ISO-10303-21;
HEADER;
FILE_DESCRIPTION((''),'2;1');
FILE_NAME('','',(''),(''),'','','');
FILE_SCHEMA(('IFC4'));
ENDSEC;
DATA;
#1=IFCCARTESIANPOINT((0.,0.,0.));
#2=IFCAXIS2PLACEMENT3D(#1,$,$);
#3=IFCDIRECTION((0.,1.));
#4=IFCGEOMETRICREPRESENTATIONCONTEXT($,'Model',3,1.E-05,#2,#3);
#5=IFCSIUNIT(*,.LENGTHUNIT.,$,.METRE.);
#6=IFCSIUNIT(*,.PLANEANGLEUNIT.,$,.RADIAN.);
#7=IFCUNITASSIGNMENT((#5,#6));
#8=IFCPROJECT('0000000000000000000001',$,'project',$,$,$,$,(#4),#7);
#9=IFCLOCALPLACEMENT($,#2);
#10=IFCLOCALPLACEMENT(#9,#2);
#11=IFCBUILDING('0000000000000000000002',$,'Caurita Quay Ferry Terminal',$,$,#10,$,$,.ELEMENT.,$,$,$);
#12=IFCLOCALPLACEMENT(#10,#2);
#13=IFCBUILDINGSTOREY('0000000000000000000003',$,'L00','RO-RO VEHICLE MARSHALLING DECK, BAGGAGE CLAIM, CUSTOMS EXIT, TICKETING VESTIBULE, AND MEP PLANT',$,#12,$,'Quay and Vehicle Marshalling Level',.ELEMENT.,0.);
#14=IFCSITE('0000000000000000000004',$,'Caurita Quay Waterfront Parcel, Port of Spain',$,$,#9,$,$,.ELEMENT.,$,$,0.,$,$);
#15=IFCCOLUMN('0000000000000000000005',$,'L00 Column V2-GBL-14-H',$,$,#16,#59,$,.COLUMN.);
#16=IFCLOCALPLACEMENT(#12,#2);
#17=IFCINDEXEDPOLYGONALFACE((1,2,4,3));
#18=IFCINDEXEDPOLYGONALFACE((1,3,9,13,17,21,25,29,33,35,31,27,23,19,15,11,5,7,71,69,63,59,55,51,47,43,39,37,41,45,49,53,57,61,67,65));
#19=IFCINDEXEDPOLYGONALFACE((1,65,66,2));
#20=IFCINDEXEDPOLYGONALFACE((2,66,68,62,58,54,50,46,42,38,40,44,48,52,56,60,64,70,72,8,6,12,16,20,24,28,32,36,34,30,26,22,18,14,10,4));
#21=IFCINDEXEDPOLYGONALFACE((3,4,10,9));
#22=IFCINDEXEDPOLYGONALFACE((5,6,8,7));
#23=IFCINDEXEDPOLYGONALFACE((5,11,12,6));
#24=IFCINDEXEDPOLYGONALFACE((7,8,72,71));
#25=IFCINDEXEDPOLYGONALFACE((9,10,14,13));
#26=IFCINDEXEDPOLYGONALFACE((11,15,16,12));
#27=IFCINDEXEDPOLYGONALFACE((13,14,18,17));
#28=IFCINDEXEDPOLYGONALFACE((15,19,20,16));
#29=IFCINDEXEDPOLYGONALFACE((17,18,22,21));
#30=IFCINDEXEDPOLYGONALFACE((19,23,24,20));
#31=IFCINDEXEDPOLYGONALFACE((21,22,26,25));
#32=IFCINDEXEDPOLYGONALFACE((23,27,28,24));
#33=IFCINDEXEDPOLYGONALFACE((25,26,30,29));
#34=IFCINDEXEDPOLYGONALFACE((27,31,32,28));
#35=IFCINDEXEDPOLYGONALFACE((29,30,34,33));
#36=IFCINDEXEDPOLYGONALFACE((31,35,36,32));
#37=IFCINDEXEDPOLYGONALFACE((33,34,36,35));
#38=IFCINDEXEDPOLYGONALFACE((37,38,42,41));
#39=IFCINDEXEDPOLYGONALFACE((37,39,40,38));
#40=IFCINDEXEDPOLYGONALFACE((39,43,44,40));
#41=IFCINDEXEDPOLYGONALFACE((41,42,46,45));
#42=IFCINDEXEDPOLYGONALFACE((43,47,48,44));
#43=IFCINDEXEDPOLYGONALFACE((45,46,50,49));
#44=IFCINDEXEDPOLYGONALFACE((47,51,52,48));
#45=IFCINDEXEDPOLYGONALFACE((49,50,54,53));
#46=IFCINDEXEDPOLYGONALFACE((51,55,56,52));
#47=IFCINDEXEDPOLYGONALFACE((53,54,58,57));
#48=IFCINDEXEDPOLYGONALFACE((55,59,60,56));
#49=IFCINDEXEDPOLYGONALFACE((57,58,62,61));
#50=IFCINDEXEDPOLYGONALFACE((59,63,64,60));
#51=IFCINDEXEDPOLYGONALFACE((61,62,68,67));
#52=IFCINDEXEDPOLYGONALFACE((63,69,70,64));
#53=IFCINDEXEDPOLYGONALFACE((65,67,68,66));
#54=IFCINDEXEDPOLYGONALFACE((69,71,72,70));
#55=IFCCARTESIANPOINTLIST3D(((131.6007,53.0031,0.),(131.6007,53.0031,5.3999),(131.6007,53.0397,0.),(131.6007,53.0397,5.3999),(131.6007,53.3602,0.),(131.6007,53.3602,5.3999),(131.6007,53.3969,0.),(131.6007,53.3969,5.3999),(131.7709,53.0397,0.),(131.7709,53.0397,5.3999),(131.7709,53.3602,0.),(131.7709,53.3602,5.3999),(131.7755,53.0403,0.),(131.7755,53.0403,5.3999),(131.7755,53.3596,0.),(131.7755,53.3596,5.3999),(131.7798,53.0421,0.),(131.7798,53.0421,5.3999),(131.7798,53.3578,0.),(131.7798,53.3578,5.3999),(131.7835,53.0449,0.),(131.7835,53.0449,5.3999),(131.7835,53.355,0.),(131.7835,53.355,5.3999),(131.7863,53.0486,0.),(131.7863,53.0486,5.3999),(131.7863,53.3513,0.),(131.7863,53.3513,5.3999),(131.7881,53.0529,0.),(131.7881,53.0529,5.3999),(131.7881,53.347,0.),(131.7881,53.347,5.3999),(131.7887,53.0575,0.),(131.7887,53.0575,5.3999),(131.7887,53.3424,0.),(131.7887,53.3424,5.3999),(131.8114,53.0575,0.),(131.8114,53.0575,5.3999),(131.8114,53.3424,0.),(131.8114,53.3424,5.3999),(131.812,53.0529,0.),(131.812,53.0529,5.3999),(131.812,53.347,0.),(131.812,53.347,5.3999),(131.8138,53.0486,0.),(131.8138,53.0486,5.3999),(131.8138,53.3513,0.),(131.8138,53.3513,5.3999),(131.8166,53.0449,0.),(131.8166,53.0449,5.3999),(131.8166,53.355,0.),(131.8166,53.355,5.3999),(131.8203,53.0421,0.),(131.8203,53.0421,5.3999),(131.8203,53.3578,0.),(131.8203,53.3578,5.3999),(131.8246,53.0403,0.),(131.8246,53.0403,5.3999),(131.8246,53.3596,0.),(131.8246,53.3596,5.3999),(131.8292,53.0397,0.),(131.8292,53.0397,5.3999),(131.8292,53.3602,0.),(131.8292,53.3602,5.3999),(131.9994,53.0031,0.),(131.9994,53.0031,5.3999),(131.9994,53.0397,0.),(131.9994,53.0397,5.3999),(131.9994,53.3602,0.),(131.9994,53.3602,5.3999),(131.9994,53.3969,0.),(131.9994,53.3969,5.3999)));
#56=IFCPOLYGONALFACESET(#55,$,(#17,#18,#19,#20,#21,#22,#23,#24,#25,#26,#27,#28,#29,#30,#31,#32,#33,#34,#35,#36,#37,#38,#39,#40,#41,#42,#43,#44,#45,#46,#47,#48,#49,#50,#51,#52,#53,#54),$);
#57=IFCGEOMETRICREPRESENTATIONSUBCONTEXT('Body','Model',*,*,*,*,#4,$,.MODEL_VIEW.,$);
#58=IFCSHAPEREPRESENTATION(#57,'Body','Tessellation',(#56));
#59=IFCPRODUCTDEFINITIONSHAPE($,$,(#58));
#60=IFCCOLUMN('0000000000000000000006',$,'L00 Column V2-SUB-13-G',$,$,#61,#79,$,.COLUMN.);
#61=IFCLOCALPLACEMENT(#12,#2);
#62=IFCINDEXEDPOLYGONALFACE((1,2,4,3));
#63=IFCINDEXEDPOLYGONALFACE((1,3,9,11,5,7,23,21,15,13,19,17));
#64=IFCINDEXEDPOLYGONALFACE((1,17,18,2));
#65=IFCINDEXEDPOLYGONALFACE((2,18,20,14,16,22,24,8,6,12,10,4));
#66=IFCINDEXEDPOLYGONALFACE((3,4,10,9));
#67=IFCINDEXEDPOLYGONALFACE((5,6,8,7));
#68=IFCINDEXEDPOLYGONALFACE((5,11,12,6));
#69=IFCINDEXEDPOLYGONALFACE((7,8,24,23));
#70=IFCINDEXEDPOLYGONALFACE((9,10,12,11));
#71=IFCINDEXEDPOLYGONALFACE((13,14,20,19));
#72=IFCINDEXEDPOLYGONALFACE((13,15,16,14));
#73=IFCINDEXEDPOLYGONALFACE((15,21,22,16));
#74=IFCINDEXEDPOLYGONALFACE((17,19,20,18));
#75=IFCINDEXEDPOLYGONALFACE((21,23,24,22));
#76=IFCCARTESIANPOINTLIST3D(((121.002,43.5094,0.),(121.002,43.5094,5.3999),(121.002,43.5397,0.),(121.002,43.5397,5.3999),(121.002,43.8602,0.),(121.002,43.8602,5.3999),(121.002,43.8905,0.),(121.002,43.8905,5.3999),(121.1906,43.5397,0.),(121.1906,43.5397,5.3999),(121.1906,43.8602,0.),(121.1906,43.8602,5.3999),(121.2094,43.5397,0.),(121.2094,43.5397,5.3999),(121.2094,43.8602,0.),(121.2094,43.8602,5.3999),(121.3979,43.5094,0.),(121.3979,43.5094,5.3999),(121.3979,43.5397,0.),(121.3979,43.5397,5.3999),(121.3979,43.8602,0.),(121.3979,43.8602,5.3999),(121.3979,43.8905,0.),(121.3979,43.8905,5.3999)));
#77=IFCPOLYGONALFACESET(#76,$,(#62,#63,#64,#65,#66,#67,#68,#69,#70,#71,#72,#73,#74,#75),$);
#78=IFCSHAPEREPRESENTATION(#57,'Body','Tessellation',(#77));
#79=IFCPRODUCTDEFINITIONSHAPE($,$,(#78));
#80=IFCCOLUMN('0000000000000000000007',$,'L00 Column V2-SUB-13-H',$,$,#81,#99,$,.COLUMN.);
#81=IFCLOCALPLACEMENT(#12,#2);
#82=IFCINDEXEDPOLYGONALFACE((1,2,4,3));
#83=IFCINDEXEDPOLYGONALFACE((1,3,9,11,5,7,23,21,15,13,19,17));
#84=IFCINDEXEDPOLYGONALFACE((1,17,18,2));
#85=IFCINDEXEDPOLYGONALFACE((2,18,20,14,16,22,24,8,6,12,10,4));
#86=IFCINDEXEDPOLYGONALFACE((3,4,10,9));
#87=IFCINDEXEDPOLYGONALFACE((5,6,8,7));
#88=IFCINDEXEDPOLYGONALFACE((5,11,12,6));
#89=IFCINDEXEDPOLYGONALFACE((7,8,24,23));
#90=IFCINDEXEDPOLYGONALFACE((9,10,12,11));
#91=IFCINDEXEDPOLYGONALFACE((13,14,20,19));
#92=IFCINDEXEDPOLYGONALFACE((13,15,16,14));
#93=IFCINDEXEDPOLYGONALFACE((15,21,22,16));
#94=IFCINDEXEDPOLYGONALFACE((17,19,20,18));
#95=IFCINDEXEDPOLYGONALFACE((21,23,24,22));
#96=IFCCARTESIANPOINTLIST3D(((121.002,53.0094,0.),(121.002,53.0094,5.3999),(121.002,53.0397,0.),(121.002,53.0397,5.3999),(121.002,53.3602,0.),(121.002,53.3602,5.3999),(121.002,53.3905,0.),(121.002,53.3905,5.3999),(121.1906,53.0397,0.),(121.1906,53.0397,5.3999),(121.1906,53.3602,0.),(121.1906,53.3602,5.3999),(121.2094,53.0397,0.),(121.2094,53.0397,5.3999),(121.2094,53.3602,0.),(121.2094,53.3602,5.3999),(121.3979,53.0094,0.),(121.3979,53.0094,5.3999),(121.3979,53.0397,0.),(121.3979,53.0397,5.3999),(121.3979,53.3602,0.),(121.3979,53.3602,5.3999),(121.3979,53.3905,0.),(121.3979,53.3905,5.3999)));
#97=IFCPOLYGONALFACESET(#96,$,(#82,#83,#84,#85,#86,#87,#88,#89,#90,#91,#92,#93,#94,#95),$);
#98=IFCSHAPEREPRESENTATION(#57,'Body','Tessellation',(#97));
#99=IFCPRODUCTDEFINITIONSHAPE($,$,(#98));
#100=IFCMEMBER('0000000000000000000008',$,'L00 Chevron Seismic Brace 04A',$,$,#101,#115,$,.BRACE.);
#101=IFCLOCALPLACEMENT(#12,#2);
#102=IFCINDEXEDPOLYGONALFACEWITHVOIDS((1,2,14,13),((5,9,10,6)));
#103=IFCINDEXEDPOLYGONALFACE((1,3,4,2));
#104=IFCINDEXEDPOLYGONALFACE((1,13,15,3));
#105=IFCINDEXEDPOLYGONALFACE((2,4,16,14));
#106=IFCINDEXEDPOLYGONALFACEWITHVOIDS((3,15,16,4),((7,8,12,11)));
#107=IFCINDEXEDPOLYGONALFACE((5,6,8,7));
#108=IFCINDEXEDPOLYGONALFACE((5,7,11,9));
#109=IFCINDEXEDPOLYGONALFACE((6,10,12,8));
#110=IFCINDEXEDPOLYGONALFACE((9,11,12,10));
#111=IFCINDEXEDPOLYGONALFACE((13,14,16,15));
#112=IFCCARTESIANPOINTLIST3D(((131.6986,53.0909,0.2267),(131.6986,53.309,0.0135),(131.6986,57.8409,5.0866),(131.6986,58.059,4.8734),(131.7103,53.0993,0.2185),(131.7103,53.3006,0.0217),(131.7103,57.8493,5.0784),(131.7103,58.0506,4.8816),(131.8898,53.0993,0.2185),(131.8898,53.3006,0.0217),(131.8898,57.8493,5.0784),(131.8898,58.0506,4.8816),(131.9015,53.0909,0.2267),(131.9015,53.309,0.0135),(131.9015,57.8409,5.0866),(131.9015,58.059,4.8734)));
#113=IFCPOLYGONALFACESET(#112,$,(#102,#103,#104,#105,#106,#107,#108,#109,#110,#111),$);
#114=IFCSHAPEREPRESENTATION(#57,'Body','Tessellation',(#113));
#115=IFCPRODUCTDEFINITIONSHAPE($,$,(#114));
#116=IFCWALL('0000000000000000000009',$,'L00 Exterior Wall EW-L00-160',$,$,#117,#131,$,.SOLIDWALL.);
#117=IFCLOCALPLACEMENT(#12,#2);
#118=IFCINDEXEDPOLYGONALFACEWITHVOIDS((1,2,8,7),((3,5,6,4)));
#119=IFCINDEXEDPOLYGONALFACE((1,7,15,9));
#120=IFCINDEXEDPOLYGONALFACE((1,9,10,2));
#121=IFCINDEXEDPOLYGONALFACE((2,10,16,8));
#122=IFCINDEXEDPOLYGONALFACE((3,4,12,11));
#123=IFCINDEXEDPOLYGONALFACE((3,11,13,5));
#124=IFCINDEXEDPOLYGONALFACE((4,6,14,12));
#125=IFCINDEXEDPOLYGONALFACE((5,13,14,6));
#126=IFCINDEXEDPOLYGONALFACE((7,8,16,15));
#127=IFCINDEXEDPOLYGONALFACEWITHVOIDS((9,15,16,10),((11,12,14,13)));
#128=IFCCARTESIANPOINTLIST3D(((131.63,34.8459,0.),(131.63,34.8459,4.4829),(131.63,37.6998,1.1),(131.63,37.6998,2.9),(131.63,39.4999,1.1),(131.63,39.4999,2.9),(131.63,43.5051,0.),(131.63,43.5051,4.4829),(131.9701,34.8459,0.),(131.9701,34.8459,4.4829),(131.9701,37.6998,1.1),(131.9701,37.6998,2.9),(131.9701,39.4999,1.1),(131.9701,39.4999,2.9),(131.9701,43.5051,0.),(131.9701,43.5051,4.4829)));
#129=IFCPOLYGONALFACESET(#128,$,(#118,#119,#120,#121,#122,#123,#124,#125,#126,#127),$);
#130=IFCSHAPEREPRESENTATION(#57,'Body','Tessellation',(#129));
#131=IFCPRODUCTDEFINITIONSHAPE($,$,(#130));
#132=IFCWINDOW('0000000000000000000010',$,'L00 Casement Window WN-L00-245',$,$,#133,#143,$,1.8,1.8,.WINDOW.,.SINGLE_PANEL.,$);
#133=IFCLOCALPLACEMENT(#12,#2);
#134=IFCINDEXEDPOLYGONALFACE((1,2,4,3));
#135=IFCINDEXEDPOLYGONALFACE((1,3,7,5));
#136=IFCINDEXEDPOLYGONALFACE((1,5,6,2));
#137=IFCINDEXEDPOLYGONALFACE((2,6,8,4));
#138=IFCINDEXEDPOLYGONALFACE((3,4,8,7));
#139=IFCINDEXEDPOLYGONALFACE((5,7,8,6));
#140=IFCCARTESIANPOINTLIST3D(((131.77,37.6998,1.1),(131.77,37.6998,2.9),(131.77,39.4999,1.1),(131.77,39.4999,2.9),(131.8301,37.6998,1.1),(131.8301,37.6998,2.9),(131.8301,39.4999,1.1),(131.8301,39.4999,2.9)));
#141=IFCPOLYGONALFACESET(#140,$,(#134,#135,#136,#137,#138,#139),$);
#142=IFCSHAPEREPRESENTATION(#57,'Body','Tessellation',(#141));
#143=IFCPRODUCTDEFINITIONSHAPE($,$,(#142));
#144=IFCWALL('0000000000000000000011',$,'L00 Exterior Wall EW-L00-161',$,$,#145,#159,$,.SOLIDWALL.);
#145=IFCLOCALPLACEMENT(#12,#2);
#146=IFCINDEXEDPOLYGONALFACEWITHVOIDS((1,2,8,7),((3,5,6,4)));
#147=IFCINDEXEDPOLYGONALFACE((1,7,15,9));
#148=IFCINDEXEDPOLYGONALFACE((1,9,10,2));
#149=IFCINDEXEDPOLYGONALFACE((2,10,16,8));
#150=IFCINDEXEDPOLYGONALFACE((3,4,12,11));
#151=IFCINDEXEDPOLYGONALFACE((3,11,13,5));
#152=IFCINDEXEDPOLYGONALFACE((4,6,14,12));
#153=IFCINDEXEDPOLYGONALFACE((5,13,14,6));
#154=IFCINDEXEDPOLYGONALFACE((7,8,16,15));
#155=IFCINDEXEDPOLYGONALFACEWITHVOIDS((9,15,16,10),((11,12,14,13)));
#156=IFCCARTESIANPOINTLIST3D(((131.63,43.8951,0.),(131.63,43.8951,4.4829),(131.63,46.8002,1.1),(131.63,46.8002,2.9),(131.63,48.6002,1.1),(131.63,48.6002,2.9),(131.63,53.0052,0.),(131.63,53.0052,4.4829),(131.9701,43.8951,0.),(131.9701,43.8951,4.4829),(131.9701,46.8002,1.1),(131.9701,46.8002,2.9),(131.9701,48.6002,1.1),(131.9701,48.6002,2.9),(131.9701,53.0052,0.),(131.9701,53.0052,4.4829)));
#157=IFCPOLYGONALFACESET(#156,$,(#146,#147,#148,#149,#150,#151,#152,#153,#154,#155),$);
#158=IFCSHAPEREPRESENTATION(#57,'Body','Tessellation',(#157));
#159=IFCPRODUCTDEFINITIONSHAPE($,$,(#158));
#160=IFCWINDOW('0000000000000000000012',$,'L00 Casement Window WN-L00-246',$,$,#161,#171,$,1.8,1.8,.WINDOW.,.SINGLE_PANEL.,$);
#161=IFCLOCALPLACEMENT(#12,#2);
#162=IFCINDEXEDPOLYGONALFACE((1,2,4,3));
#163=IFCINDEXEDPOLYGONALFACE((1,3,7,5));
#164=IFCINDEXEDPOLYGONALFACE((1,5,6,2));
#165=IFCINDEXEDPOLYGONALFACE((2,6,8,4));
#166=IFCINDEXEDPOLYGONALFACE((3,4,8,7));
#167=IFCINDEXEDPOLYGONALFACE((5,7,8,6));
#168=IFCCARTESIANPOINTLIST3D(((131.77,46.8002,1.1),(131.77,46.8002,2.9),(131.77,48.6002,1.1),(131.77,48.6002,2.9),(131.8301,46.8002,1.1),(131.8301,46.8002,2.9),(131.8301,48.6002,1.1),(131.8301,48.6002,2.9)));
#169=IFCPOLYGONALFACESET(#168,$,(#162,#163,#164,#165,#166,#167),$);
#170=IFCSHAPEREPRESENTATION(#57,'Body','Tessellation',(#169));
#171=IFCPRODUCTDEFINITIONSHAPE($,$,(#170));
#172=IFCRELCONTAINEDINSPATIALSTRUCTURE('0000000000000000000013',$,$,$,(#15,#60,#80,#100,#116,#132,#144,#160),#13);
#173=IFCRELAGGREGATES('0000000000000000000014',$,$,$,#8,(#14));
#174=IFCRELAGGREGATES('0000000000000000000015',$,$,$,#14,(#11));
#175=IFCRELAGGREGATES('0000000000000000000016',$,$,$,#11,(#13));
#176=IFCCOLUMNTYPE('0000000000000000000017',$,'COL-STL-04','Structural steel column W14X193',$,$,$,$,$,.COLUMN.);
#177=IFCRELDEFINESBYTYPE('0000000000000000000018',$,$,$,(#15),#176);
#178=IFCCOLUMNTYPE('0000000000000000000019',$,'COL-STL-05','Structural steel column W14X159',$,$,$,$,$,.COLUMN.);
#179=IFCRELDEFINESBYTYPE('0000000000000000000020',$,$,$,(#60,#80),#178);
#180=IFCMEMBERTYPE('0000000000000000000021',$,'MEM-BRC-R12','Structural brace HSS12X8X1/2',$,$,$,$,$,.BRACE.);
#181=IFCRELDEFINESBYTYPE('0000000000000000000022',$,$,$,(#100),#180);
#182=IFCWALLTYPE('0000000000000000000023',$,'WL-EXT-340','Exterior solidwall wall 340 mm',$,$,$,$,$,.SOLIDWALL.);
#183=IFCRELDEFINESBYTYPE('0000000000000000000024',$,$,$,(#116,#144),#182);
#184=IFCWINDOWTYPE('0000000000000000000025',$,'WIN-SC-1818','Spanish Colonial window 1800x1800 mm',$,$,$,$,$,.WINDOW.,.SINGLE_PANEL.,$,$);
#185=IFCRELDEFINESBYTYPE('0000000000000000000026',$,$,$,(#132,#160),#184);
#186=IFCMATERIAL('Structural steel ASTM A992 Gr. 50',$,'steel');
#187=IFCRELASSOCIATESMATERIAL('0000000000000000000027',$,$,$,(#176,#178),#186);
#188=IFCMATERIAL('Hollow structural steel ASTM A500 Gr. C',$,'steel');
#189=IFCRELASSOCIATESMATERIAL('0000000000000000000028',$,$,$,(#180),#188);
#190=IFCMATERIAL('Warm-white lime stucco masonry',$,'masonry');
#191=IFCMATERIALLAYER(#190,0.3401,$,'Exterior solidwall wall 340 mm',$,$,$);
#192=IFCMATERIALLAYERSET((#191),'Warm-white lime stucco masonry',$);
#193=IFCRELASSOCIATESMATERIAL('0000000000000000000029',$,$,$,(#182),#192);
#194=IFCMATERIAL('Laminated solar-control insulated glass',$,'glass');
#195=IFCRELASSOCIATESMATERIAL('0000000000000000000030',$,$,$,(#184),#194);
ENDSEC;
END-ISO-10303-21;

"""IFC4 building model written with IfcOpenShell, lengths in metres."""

from ifc_helpers import new_model, si_unit, direction, frame, frame_2d, origin, origin_2d, place, context, subcontext, project, spatial, rectangle, hollow_rectangle, i_section, extrude, material, layer, layer_set, material_profile, profile_set, type_object, element, fill, save


model = new_model("IFC4")

# Units and contexts
model_context = context("Model", 3, precision=1e-05, world=origin(), true_north=direction((0.0, 1.0)))
body_context = subcontext(model_context, "Body", "Model", "MODEL_VIEW")
ifc_project = project(units=[si_unit("LENGTHUNIT", "METRE"), si_unit("PLANEANGLEUNIT", "RADIAN")], contexts=[model_context])

# Site, building, storey
site_placement = place(None, origin())
site = spatial("IfcSite", under=ifc_project, at=site_placement, Name="Caurita Quay Waterfront Parcel, Port of Spain", CompositionType="ELEMENT", RefElevation=0.0)
building_placement = place(site_placement, origin())
building = spatial("IfcBuilding", under=site, at=building_placement, Name="Caurita Quay Ferry Terminal", CompositionType="ELEMENT")
storey_placement = place(building_placement, origin())
storey = spatial("IfcBuildingStorey", under=building, at=storey_placement, Name="L00", Description="RO-RO VEHICLE MARSHALLING DECK, BAGGAGE CLAIM, CUSTOMS EXIT, TICKETING VESTIBULE, AND MEP PLANT", LongName="Quay and Vehicle Marshalling Level", CompositionType="ELEMENT", Elevation=0.0)

# Columns
ifc_material_1 = material(Name="Structural steel ASTM A992 Gr. 50", Category="steel")
ifc_material_profile_1 = material_profile(ifc_material_1, i_section(OverallWidth=0.3987, OverallDepth=0.3938, WebThickness=0.0227, FlangeThickness=0.0366, FilletRadius=0.0178, at=origin_2d()), Name="W14X193")
ifc_profile_set_1 = profile_set([ifc_material_profile_1], Name="Structural steel ASTM A992 Gr. 50")
column_type_1 = type_object("IfcColumnType", Name="COL-STL-04", Description="Structural steel column W14X193", PredefinedType="COLUMN", material=ifc_profile_set_1)
for number, where, z_axis, x_axis, name in (
    (1, (131.8, 53.2, 0.0), (0.0, 0.0, 1.0), (1.0, 0.0, 0.0), "L00 Column V2-GBL-14-H"),
):
    element("IfcColumn", number, at=place(storey_placement, frame(where, z_axis=z_axis, x_axis=x_axis)), inside=storey, type_object=column_type_1, Name=name, PredefinedType="COLUMN", context=body_context, shape_type="SweptSolid", body=[
        extrude(i_section(OverallWidth=0.3987, OverallDepth=0.3938, WebThickness=0.0227, FlangeThickness=0.0366, FilletRadius=0.0178, at=origin_2d()), origin(), (0.0, 0.0, 1.0), 5.3999),
    ])
ifc_material_profile_2 = material_profile(ifc_material_1, i_section(OverallWidth=0.396, OverallDepth=0.3811, WebThickness=0.0188, FlangeThickness=0.0303, at=origin_2d()), Name="W14X159")
ifc_profile_set_2 = profile_set([ifc_material_profile_2], Name="Structural steel ASTM A992 Gr. 50")
column_type_2 = type_object("IfcColumnType", Name="COL-STL-05", Description="Structural steel column W14X159", PredefinedType="COLUMN", material=ifc_profile_set_2)
for number, where, z_axis, x_axis, name in (
    (2, (121.2, 43.7, 0.0), (0.0, 0.0, 1.0), (1.0, 0.0, 0.0), "L00 Column V2-SUB-13-G"),
    (3, (121.2, 53.2, 0.0), (0.0, 0.0, 1.0), (1.0, 0.0, 0.0), "L00 Column V2-SUB-13-H"),
):
    element("IfcColumn", number, at=place(storey_placement, frame(where, z_axis=z_axis, x_axis=x_axis)), inside=storey, type_object=column_type_2, Name=name, PredefinedType="COLUMN", context=body_context, shape_type="SweptSolid", body=[
        extrude(i_section(OverallWidth=0.396, OverallDepth=0.3811, WebThickness=0.0188, FlangeThickness=0.0303, at=origin_2d()), origin(), (0.0, 0.0, 1.0), 5.3999),
    ])

# Member
ifc_material_2 = material(Name="Hollow structural steel ASTM A500 Gr. C", Category="steel")
ifc_material_profile_3 = material_profile(ifc_material_2, hollow_rectangle(XDim=0.2029, YDim=0.3049, WallThickness=0.0117, at=origin_2d()), Name="HSS12X8X1/2")
ifc_profile_set_3 = profile_set([ifc_material_profile_3], Name="Hollow structural steel ASTM A500 Gr. C")
member_type = type_object("IfcMemberType", Name="MEM-BRC-R12", Description="Structural brace HSS12X8X1/2", PredefinedType="BRACE", material=ifc_profile_set_3)
member_placement = place(storey_placement, frame((131.8, 53.2, 0.1201), z_axis=(0.0, 0.698977, 0.715144), x_axis=(-1.0, 0.0, 0.0)))
element("IfcMember", 4, at=member_placement, inside=storey, type_object=member_type, Name="L00 Chevron Seismic Brace 04A", PredefinedType="BRACE", context=body_context, shape_type="SweptSolid", body=[
    extrude(hollow_rectangle(XDim=0.2029, YDim=0.3049, WallThickness=0.0117, at=origin_2d()), origin(), (0.0, 0.0, 1.0), 6.7957),
])

# Walls, openings, windows
ifc_material_3 = material(Name="Warm-white lime stucco masonry", Category="masonry")
ifc_layer = layer(ifc_material_3, 0.3401, Name="Exterior solidwall wall 340 mm")
ifc_layer_set = layer_set([ifc_layer], Name="Warm-white lime stucco masonry")
wall_type = type_object("IfcWallType", Name="WL-EXT-340", Description="Exterior solidwall wall 340 mm", PredefinedType="SOLIDWALL", material=ifc_layer_set)
wall_1_placement = place(storey_placement, frame((131.8, 34.8459, 0.0), z_axis=(0.0, 0.0, 1.0), x_axis=(0.0, 1.0, 0.0)))
wall_1 = element("IfcWall", 5, at=wall_1_placement, inside=storey, type_object=wall_type, Name="L00 Exterior Wall EW-L00-160", PredefinedType="SOLIDWALL", context=body_context, shape_type="SweptSolid", body=[
    extrude(rectangle(XDim=8.6592, YDim=0.3401, at=frame_2d((4.3296, 0.0))), origin(), (0.0, 0.0, 1.0), 4.4829),
])
opening_1_placement = place(wall_1_placement, frame((2.854, 0.0, 1.1001)))
opening_1 = element("IfcOpeningElement", 6, at=opening_1_placement, cuts=wall_1, PredefinedType="OPENING", context=body_context, shape_type="SweptSolid", body=[
    extrude(rectangle(XDim=1.8, YDim=1.8, at=frame_2d((0.8999, 0.8999))), frame((0.0, 0.1799, 0.0), z_axis=(0.0, -1.0, 0.0), x_axis=(1.0, 0.0, 0.0)), (0.0, 0.0, 1.0), 0.3601),
])
ifc_material_4 = material(Name="Laminated solar-control insulated glass", Category="glass")
window_type = type_object("IfcWindowType", Name="WIN-SC-1818", Description="Spanish Colonial window 1800x1800 mm", PartitioningType="SINGLE_PANEL", PredefinedType="WINDOW", material=ifc_material_4)
window_1_placement = place(opening_1_placement, origin())
window_1 = element("IfcWindow", 7, at=window_1_placement, inside=storey, type_object=window_type, Name="L00 Casement Window WN-L00-245", OverallHeight=1.8, OverallWidth=1.8, PartitioningType="SINGLE_PANEL", PredefinedType="WINDOW", context=body_context, shape_type="SweptSolid", body=[
    extrude(rectangle(XDim=1.8, YDim=1.8, at=frame_2d((0.8999, 0.8999))), frame((0.0, 0.03, 0.0), z_axis=(0.0, -1.0, 0.0), x_axis=(1.0, 0.0, 0.0)), (0.0, 0.0, 1.0), 0.0601),
])
fill(opening_1, window_1)
wall_2_placement = place(storey_placement, frame((131.8, 43.895, 0.0), z_axis=(0.0, 0.0, 1.0), x_axis=(0.0, 1.0, 0.0)))
wall_2 = element("IfcWall", 8, at=wall_2_placement, inside=storey, type_object=wall_type, Name="L00 Exterior Wall EW-L00-161", PredefinedType="SOLIDWALL", context=body_context, shape_type="SweptSolid", body=[
    extrude(rectangle(XDim=9.1101, YDim=0.3401, at=frame_2d((4.5552, 0.0))), origin(), (0.0, 0.0, 1.0), 4.4829),
])
opening_2_placement = place(wall_2_placement, frame((2.9053, 0.0, 1.1001)))
opening_2 = element("IfcOpeningElement", 9, at=opening_2_placement, cuts=wall_2, PredefinedType="OPENING", context=body_context, shape_type="SweptSolid", body=[
    extrude(rectangle(XDim=1.8, YDim=1.8, at=frame_2d((0.8999, 0.8999))), frame((0.0, 0.1799, 0.0), z_axis=(0.0, -1.0, 0.0), x_axis=(1.0, 0.0, 0.0)), (0.0, 0.0, 1.0), 0.3601),
])
window_2_placement = place(opening_2_placement, origin())
window_2 = element("IfcWindow", 10, at=window_2_placement, inside=storey, type_object=window_type, Name="L00 Casement Window WN-L00-246", OverallHeight=1.8, OverallWidth=1.8, PartitioningType="SINGLE_PANEL", PredefinedType="WINDOW", context=body_context, shape_type="SweptSolid", body=[
    extrude(rectangle(XDim=1.8, YDim=1.8, at=frame_2d((0.8999, 0.8999))), frame((0.0, 0.03, 0.0), z_axis=(0.0, -1.0, 0.0), x_axis=(1.0, 0.0, 0.0)), (0.0, 0.0, 1.0), 0.0601),
])
fill(opening_2, window_2)

save(model, "model.ifc")
